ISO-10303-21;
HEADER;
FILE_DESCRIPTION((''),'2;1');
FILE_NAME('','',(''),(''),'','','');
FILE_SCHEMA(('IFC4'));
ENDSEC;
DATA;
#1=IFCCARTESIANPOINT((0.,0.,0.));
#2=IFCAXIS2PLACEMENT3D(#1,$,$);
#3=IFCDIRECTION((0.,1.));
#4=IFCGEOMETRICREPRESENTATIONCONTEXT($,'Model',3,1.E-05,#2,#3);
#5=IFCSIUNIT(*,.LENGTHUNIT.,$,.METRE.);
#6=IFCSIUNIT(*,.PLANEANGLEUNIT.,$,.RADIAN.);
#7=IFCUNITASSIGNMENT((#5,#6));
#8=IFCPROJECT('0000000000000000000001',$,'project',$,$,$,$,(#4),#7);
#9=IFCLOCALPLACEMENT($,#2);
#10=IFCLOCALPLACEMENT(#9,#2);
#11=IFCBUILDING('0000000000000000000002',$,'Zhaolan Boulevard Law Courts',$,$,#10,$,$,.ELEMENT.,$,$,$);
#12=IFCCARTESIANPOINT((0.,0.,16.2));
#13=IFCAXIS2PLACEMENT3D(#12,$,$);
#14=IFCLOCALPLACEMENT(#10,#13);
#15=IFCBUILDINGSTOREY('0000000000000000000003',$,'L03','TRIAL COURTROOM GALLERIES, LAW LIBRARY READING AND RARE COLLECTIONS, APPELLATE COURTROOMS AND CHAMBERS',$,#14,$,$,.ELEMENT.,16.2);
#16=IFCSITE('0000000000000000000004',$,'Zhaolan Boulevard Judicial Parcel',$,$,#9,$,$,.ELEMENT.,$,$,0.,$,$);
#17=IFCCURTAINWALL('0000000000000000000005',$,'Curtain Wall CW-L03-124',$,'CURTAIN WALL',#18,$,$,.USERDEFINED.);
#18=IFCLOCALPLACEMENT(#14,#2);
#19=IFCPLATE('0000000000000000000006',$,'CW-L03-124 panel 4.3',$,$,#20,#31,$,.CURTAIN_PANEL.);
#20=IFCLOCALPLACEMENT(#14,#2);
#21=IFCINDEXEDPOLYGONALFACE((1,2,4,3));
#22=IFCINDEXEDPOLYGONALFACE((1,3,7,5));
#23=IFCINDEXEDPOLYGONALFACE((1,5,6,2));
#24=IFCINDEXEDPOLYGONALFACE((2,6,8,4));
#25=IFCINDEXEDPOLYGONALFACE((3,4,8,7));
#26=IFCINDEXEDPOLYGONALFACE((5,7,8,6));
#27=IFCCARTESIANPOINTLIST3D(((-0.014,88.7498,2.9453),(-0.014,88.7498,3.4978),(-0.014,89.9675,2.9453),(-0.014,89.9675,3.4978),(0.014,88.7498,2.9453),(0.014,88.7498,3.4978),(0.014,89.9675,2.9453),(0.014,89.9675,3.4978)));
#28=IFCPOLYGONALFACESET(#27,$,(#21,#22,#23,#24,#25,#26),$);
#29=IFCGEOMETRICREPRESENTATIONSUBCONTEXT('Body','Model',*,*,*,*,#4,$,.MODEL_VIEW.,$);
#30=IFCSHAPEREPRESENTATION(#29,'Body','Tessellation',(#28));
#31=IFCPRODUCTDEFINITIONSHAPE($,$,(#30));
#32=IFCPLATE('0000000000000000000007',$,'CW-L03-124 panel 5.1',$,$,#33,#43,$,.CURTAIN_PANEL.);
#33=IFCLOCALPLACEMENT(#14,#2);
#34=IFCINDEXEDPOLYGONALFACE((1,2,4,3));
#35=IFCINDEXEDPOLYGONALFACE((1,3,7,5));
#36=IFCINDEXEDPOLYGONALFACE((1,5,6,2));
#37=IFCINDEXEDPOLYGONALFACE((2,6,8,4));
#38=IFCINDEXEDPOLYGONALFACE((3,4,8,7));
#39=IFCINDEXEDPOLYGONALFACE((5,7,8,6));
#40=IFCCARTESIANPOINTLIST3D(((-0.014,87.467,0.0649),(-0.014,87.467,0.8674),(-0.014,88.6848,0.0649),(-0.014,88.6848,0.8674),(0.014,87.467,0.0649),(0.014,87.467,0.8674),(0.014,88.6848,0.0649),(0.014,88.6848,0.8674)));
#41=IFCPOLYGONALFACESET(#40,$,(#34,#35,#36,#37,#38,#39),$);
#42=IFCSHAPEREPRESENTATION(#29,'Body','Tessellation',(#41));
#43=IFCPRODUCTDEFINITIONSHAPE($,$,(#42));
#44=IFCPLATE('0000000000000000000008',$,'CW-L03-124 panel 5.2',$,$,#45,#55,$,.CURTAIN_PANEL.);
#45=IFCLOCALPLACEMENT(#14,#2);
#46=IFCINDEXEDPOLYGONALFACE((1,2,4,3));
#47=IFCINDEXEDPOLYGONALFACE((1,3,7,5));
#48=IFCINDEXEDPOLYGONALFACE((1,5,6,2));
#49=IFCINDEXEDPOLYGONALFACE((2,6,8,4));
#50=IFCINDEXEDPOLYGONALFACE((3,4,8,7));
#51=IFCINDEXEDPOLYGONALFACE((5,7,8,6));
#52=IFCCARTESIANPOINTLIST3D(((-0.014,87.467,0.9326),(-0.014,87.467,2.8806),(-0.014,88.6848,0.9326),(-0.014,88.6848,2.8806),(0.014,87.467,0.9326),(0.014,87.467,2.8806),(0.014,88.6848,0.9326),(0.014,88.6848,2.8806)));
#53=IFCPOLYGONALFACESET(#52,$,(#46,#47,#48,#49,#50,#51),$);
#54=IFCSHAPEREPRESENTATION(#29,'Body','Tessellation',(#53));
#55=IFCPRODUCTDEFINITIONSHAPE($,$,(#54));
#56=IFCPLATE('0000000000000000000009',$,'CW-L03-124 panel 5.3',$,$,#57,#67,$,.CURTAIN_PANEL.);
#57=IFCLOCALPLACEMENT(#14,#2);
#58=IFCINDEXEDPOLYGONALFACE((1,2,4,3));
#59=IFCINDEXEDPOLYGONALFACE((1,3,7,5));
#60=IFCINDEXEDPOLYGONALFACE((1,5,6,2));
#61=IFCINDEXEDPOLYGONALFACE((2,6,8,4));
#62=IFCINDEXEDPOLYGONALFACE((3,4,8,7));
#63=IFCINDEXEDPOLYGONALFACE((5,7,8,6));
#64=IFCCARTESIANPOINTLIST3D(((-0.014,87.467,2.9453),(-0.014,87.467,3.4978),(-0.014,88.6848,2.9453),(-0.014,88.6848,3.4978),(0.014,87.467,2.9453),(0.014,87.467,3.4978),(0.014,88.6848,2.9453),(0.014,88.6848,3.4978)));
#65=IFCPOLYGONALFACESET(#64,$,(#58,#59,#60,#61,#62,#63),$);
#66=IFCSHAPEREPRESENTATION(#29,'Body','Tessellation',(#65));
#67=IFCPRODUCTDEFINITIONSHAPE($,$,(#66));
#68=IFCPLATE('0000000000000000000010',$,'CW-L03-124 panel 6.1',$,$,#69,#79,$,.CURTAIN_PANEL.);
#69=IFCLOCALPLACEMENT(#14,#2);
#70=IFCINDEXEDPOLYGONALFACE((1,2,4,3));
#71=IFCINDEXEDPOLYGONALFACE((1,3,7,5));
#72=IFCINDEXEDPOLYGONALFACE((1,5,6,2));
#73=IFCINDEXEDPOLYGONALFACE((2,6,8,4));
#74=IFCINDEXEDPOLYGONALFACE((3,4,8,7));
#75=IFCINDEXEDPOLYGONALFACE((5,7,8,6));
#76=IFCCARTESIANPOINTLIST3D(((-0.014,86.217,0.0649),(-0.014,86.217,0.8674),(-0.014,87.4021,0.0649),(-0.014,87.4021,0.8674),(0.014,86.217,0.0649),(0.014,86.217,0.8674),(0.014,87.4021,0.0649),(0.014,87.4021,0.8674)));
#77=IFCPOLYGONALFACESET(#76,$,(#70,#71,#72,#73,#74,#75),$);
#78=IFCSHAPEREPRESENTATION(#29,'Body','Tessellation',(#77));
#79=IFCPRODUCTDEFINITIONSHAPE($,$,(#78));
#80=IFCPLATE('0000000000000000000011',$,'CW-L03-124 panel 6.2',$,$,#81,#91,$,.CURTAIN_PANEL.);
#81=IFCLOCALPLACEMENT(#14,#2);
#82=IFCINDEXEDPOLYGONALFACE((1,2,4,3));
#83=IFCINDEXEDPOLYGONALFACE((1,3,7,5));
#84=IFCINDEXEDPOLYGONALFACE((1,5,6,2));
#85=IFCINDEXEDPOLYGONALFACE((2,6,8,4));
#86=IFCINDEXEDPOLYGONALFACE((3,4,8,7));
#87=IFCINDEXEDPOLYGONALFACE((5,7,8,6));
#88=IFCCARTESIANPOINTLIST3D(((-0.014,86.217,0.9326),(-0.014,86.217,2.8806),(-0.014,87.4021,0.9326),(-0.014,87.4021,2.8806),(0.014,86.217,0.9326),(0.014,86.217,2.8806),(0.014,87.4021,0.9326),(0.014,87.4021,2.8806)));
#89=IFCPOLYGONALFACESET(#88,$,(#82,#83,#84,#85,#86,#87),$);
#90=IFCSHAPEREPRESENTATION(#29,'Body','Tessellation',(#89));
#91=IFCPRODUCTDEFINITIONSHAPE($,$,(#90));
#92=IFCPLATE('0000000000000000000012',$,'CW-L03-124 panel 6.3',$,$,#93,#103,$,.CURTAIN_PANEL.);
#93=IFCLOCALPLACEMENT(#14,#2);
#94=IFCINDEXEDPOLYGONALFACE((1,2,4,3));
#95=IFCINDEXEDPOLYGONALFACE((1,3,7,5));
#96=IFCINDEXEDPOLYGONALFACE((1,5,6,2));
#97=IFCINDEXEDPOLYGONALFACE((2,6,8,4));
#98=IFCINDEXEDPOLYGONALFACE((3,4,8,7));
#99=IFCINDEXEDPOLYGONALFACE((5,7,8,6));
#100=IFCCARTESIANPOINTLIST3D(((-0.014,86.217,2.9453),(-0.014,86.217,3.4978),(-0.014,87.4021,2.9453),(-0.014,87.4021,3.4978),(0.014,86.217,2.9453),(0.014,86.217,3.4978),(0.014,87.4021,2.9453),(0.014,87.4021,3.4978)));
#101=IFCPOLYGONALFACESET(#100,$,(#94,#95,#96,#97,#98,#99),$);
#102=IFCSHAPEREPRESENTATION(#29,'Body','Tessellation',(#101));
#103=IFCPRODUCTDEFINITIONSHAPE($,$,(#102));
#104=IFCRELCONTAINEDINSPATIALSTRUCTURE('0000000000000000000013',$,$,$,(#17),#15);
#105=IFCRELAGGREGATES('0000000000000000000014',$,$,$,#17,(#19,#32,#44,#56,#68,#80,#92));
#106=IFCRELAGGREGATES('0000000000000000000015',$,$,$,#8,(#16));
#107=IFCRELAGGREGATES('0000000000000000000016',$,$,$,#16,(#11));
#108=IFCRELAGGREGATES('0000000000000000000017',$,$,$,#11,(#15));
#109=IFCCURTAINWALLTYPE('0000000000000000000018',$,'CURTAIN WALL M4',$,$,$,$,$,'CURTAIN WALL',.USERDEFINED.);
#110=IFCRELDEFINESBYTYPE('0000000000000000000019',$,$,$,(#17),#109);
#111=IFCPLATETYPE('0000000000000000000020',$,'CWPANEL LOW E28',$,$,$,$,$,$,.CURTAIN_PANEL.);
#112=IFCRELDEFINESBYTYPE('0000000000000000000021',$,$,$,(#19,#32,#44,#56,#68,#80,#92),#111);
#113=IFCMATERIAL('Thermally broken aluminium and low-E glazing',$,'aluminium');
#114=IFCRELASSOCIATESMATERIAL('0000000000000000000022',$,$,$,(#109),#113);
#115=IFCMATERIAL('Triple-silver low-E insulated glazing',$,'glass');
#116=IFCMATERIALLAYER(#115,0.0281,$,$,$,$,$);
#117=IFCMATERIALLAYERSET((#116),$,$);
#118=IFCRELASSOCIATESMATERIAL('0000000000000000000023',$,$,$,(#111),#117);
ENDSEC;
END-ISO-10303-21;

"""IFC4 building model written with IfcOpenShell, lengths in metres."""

from ifc_helpers import new_model, si_unit, direction, frame, origin, origin_2d, place, context, subcontext, project, spatial, rectangle, extrude, material, layer, layer_set, type_object, element, aggregate, save


model = new_model("IFC4")

# Units and contexts
model_context = context("Model", 3, precision=1e-05, world=origin(), true_north=direction((0.0, 1.0)))
body_context = subcontext(model_context, "Body", "Model", "MODEL_VIEW")
ifc_project = project(units=[si_unit("LENGTHUNIT", "METRE"), si_unit("PLANEANGLEUNIT", "RADIAN")], contexts=[model_context])

# Site, building, storey
site_placement = place(None, origin())
site = spatial("IfcSite", under=ifc_project, at=site_placement, Name="Zhaolan Boulevard Judicial Parcel", CompositionType="ELEMENT", RefElevation=0.0)
building_placement = place(site_placement, origin())
building = spatial("IfcBuilding", under=site, at=building_placement, Name="Zhaolan Boulevard Law Courts", CompositionType="ELEMENT")
storey_placement = place(building_placement, frame((0.0, 0.0, 16.2)))
storey = spatial("IfcBuildingStorey", under=building, at=storey_placement, Name="L03", Description="TRIAL COURTROOM GALLERIES, LAW LIBRARY READING AND RARE COLLECTIONS, APPELLATE COURTROOMS AND CHAMBERS", CompositionType="ELEMENT", Elevation=16.2)

# Curtain wall
ifc_material_1 = material(Name="Thermally broken aluminium and low-E glazing", Category="aluminium")
curtain_wall_type = type_object("IfcCurtainWallType", Name="CURTAIN WALL M4", ElementType="CURTAIN WALL", PredefinedType="USERDEFINED", material=ifc_material_1)
curtain_wall_placement = place(storey_placement, origin())
curtain_wall = element("IfcCurtainWall", 1, at=curtain_wall_placement, inside=storey, type_object=curtain_wall_type, Name="Curtain Wall CW-L03-124", ObjectType="CURTAIN WALL", PredefinedType="USERDEFINED")

# Plates
ifc_material_2 = material(Name="Triple-silver low-E insulated glazing", Category="glass")
ifc_layer = layer(ifc_material_2, 0.0281)
ifc_layer_set = layer_set([ifc_layer])
plate_type = type_object("IfcPlateType", Name="CWPANEL LOW E28", PredefinedType="CURTAIN_PANEL", material=ifc_layer_set)
plate_1_placement = place(storey_placement, frame((0.0, 89.3586, 2.9453), z_axis=(0.0, 0.0, 1.0), x_axis=(0.0, -1.0, 0.0)))
plate_1 = element("IfcPlate", 2, at=plate_1_placement, type_object=plate_type, Name="CW-L03-124 panel 4.3", PredefinedType="CURTAIN_PANEL", context=body_context, shape_type="SweptSolid", body=[
    extrude(rectangle(XDim=1.2178, YDim=0.0281, at=origin_2d()), origin(), (0.0, 0.0, 1.0), 0.5525),
])
plate_2_placement = place(storey_placement, frame((0.0, 88.0759, 0.0649), z_axis=(0.0, 0.0, 1.0), x_axis=(0.0, -1.0, 0.0)))
plate_2 = element("IfcPlate", 3, at=plate_2_placement, type_object=plate_type, Name="CW-L03-124 panel 5.1", PredefinedType="CURTAIN_PANEL", context=body_context, shape_type="SweptSolid", body=[
    extrude(rectangle(XDim=1.2178, YDim=0.0281, at=origin_2d()), origin(), (0.0, 0.0, 1.0), 0.8025),
])
plate_3_placement = place(storey_placement, frame((0.0, 88.0759, 0.9326), z_axis=(0.0, 0.0, 1.0), x_axis=(0.0, -1.0, 0.0)))
plate_3 = element("IfcPlate", 4, at=plate_3_placement, type_object=plate_type, Name="CW-L03-124 panel 5.2", PredefinedType="CURTAIN_PANEL", context=body_context, shape_type="SweptSolid", body=[
    extrude(rectangle(XDim=1.2178, YDim=0.0281, at=origin_2d()), origin(), (0.0, 0.0, 1.0), 1.948),
])
plate_4_placement = place(storey_placement, frame((0.0, 88.0759, 2.9453), z_axis=(0.0, 0.0, 1.0), x_axis=(0.0, -1.0, 0.0)))
plate_4 = element("IfcPlate", 5, at=plate_4_placement, type_object=plate_type, Name="CW-L03-124 panel 5.3", PredefinedType="CURTAIN_PANEL", context=body_context, shape_type="SweptSolid", body=[
    extrude(rectangle(XDim=1.2178, YDim=0.0281, at=origin_2d()), origin(), (0.0, 0.0, 1.0), 0.5525),
])
plate_5_placement = place(storey_placement, frame((0.0, 86.8096, 0.0649), z_axis=(0.0, 0.0, 1.0), x_axis=(0.0, -1.0, 0.0)))
plate_5 = element("IfcPlate", 6, at=plate_5_placement, type_object=plate_type, Name="CW-L03-124 panel 6.1", PredefinedType="CURTAIN_PANEL", context=body_context, shape_type="SweptSolid", body=[
    extrude(rectangle(XDim=1.1851, YDim=0.0281, at=origin_2d()), origin(), (0.0, 0.0, 1.0), 0.8025),
])
plate_6_placement = place(storey_placement, frame((0.0, 86.8096, 0.9326), z_axis=(0.0, 0.0, 1.0), x_axis=(0.0, -1.0, 0.0)))
plate_6 = element("IfcPlate", 7, at=plate_6_placement, type_object=plate_type, Name="CW-L03-124 panel 6.2", PredefinedType="CURTAIN_PANEL", context=body_context, shape_type="SweptSolid", body=[
    extrude(rectangle(XDim=1.1851, YDim=0.0281, at=origin_2d()), origin(), (0.0, 0.0, 1.0), 1.948),
])
plate_7_placement = place(storey_placement, frame((0.0, 86.8096, 2.9453), z_axis=(0.0, 0.0, 1.0), x_axis=(0.0, -1.0, 0.0)))
plate_7 = element("IfcPlate", 8, at=plate_7_placement, type_object=plate_type, Name="CW-L03-124 panel 6.3", PredefinedType="CURTAIN_PANEL", context=body_context, shape_type="SweptSolid", body=[
    extrude(rectangle(XDim=1.1851, YDim=0.0281, at=origin_2d()), origin(), (0.0, 0.0, 1.0), 0.5525),
])
aggregate(curtain_wall, [plate_1, plate_2, plate_3, plate_4, plate_5, plate_6, plate_7])

save(model, "model.ifc")
